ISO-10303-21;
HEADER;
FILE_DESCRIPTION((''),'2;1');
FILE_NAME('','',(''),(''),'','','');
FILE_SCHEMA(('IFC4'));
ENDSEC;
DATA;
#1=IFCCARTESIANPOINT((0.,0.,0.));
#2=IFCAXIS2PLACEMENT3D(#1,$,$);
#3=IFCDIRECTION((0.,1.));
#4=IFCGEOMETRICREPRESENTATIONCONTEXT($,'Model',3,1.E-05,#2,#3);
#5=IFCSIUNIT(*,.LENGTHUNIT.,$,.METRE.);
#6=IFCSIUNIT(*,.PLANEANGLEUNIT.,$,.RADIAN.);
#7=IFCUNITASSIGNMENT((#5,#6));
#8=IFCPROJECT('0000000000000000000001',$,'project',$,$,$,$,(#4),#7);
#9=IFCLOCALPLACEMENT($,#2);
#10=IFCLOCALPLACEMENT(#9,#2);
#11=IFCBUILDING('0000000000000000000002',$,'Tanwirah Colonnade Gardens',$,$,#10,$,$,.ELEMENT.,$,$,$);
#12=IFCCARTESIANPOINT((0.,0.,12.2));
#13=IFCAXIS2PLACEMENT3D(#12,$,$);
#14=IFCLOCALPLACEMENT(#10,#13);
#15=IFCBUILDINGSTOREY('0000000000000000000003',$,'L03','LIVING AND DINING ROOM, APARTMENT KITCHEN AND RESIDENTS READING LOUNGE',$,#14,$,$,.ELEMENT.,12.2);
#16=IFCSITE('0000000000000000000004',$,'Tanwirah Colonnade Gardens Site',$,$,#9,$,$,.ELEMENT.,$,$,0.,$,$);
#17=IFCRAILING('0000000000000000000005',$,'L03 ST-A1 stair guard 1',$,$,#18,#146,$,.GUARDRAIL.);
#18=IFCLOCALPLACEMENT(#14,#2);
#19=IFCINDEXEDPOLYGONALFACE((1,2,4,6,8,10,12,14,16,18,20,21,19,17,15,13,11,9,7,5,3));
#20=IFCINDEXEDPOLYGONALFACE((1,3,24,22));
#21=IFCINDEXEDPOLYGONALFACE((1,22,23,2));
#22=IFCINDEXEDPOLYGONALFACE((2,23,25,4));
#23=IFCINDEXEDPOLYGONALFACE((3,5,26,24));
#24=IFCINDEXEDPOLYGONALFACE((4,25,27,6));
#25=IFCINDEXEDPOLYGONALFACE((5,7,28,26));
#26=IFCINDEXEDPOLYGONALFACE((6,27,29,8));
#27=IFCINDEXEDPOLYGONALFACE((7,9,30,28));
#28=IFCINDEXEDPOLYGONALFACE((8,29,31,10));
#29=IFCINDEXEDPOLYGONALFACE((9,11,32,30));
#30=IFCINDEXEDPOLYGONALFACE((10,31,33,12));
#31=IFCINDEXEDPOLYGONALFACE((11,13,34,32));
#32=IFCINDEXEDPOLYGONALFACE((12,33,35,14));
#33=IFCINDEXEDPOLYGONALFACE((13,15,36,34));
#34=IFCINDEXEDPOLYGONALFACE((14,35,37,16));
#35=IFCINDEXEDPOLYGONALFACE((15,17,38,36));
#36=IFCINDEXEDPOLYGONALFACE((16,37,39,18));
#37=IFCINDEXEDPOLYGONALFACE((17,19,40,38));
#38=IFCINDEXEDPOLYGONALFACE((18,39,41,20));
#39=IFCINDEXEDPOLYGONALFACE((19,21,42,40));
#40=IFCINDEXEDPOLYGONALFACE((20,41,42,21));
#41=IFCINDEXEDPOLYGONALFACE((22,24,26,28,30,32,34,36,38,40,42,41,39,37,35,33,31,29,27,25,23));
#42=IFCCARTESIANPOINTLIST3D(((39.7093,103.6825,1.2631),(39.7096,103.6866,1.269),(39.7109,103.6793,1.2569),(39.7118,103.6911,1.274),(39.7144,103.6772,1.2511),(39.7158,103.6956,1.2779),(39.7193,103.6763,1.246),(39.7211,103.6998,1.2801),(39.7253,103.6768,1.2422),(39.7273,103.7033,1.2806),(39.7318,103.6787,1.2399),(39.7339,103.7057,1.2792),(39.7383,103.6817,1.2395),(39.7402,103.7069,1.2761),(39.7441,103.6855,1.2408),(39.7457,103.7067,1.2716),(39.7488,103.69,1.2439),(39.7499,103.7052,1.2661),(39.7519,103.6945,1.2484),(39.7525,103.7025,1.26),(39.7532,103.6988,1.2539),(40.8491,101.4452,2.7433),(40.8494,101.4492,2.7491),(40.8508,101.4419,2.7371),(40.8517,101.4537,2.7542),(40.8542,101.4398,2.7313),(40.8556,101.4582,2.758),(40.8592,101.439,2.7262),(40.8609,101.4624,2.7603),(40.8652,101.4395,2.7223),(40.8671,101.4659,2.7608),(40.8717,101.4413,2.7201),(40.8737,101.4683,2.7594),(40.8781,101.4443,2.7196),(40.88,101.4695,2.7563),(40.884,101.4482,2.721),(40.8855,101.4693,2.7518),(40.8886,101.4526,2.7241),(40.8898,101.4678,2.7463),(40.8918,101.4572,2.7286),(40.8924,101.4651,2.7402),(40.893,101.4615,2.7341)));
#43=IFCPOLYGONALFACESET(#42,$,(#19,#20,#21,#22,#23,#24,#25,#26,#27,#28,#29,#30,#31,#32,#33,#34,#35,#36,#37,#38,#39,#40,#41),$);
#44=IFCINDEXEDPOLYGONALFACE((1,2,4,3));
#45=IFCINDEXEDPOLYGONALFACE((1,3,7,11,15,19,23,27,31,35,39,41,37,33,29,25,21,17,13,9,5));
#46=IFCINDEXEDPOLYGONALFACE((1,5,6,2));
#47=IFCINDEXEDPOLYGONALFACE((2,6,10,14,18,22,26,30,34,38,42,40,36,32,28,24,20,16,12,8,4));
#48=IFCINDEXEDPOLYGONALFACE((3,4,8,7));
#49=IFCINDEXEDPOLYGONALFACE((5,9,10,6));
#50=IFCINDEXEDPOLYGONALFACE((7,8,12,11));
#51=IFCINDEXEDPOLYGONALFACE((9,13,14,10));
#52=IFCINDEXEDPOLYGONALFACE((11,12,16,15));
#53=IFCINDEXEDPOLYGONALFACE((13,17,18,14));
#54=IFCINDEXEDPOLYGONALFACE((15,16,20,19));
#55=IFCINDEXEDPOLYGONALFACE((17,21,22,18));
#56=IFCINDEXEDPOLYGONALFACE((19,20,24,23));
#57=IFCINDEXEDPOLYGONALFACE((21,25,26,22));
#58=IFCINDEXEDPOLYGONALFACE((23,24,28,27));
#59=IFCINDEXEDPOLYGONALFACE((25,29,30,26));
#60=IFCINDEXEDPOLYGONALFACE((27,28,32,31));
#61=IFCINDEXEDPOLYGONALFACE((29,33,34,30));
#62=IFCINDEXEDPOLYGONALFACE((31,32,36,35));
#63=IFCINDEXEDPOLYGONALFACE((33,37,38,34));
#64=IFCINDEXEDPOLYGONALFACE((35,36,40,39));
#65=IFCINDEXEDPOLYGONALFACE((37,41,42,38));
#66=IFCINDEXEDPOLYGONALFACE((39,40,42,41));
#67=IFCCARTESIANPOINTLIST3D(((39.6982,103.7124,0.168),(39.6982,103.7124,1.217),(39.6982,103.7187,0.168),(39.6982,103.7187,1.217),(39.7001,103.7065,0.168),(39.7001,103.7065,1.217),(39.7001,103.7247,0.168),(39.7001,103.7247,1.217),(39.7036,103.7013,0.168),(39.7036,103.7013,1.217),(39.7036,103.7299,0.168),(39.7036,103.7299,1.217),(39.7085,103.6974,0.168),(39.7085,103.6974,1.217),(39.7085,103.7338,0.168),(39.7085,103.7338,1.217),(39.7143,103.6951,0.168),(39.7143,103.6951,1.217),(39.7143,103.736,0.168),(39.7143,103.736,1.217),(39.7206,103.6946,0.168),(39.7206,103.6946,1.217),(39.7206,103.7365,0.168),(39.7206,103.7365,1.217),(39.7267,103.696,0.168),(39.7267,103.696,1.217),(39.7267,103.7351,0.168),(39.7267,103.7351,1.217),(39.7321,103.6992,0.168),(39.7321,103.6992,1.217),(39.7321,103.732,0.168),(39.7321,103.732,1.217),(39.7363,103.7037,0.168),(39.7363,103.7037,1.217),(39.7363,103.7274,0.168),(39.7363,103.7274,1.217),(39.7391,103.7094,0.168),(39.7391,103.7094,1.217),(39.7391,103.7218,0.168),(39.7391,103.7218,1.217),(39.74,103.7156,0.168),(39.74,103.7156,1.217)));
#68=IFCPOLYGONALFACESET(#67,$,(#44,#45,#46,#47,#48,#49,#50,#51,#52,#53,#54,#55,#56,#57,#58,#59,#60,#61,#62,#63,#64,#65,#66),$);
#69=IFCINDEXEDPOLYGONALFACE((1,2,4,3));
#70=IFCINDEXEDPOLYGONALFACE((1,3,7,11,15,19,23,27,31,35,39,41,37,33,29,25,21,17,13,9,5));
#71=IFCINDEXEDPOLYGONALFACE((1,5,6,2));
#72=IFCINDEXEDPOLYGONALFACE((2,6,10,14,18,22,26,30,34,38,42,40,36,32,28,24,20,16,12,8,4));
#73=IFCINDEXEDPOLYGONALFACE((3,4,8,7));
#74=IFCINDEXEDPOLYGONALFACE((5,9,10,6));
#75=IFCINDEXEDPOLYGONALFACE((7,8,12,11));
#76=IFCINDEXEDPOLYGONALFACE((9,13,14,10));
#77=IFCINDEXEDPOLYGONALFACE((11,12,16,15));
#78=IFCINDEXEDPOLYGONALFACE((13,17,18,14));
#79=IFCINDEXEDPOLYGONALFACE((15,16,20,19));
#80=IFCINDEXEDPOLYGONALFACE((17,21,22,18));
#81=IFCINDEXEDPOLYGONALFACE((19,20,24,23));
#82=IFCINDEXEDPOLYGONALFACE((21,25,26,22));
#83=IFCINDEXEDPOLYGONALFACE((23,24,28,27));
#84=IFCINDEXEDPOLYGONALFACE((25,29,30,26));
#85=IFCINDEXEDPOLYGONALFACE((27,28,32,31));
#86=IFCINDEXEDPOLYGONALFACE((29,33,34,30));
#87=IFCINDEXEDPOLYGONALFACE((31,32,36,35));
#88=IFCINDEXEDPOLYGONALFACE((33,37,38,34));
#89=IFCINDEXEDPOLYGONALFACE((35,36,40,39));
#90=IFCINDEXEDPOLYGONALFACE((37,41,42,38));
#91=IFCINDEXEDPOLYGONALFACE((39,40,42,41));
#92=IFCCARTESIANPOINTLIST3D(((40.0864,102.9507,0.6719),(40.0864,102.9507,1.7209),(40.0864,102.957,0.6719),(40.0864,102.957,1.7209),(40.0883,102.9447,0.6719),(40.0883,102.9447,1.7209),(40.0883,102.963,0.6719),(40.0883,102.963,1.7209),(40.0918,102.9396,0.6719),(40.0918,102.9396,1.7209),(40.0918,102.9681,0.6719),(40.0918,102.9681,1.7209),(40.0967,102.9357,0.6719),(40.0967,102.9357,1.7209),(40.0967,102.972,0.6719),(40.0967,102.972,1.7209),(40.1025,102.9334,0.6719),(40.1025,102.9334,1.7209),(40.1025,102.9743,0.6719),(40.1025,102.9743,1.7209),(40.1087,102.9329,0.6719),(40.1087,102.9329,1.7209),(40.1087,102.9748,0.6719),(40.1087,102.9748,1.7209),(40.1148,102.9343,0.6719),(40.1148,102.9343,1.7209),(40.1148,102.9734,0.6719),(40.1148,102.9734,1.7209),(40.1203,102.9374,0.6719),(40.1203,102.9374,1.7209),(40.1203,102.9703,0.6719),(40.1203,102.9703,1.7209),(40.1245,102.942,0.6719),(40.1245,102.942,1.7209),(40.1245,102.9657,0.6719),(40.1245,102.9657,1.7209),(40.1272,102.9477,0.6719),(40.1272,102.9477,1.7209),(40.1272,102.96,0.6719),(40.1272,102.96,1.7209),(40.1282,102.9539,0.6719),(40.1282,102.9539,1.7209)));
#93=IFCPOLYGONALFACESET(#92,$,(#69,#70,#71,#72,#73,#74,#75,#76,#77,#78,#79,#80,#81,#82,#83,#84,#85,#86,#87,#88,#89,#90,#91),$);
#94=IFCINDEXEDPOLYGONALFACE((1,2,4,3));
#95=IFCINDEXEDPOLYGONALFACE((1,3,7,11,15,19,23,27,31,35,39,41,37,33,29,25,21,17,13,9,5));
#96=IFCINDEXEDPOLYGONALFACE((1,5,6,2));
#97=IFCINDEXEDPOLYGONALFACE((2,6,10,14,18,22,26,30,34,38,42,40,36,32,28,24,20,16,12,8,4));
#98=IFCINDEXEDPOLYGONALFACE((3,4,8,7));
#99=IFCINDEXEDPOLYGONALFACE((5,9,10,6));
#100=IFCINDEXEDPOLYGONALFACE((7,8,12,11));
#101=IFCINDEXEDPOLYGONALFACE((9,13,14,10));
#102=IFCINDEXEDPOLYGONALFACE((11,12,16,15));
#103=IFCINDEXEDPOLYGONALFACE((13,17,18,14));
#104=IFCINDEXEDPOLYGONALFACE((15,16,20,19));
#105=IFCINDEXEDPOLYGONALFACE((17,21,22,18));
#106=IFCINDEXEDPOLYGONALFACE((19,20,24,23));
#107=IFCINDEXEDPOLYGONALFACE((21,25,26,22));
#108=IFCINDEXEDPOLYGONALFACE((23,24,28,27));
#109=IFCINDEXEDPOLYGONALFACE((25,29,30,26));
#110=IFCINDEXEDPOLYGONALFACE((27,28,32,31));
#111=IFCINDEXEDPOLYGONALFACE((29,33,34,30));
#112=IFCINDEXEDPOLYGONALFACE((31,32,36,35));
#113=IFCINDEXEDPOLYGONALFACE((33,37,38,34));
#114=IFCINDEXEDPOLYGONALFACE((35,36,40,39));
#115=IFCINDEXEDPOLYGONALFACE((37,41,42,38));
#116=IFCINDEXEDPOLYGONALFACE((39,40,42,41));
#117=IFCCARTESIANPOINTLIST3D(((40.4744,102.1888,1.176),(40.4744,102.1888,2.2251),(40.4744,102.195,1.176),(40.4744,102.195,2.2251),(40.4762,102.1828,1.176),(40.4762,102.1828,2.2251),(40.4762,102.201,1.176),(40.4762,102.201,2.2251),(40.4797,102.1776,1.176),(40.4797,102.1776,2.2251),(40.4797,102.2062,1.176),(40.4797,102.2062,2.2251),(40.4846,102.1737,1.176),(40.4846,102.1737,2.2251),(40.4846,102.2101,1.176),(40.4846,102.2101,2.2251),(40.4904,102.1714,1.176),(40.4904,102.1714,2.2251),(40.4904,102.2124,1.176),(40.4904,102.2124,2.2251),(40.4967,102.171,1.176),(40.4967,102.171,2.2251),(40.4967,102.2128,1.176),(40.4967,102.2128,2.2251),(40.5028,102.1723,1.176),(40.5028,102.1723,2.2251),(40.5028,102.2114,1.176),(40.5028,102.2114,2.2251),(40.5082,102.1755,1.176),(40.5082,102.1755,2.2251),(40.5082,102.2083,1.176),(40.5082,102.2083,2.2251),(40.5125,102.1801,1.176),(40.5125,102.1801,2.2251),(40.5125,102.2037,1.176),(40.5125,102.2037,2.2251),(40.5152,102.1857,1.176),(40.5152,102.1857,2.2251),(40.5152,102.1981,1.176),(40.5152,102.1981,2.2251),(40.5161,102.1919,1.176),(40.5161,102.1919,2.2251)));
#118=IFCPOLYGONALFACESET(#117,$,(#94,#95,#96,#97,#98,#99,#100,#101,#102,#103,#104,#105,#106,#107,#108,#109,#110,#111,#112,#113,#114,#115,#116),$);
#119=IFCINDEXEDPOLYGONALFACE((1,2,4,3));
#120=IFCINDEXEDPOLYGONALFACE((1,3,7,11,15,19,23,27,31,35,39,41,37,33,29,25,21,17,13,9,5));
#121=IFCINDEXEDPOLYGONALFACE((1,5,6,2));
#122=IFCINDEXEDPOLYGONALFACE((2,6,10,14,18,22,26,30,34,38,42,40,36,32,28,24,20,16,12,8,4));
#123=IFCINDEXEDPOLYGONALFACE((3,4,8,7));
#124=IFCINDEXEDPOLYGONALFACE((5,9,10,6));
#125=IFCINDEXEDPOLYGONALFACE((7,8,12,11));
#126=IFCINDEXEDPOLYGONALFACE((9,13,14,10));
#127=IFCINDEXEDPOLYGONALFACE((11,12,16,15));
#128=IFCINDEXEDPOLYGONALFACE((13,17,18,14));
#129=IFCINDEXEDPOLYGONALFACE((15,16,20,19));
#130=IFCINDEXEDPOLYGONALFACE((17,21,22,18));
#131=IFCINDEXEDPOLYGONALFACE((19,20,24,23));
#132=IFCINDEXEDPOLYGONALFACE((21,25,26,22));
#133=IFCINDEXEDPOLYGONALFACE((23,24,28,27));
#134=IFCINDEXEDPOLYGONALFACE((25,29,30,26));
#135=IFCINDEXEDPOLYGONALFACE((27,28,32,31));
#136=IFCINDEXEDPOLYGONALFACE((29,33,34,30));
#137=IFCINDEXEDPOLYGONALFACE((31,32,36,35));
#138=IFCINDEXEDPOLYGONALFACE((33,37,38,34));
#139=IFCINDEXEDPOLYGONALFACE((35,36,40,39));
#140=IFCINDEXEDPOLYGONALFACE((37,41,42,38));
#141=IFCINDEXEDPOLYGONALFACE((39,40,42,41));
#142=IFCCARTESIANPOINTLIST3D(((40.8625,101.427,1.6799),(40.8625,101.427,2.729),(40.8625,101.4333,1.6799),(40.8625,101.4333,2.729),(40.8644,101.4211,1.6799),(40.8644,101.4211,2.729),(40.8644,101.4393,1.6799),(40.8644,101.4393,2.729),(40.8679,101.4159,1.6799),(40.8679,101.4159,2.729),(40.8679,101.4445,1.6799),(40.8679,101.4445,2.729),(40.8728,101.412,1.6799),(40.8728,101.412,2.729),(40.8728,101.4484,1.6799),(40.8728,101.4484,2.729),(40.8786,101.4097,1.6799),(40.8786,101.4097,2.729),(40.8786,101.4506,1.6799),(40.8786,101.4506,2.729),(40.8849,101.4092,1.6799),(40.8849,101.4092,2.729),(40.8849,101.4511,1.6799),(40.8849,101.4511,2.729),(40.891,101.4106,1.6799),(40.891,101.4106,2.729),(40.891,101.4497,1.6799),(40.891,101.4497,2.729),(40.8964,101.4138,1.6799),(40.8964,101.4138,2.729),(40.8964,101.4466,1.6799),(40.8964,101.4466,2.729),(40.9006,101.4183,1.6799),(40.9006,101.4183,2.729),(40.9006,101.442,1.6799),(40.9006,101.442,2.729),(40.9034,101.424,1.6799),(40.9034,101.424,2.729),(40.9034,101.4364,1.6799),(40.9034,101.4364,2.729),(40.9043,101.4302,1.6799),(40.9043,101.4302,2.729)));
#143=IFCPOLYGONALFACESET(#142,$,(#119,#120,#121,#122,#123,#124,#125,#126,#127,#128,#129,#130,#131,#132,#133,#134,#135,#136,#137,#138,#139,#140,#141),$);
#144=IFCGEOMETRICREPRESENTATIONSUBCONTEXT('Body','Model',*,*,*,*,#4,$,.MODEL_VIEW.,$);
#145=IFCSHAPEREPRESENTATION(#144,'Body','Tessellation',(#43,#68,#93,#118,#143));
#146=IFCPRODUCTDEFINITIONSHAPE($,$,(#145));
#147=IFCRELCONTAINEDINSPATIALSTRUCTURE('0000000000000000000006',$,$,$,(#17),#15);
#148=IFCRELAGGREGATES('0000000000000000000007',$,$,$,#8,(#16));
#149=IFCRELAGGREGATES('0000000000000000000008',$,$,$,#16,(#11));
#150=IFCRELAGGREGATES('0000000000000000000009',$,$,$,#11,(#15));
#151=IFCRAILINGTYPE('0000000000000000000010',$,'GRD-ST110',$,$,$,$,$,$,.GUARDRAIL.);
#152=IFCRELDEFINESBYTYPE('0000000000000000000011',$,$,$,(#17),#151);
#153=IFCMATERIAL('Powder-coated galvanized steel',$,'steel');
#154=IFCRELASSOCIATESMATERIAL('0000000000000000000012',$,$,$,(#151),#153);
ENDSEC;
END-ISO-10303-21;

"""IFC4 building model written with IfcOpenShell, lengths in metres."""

from ifc_helpers import new_model, si_unit, direction, frame, origin, origin_2d, place, context, subcontext, project, spatial, circle, extrude, material, type_object, element, save


model = new_model("IFC4")

# Units and contexts
model_context = context("Model", 3, precision=1e-05, world=origin(), true_north=direction((0.0, 1.0)))
body_context = subcontext(model_context, "Body", "Model", "MODEL_VIEW")
ifc_project = project(units=[si_unit("LENGTHUNIT", "METRE"), si_unit("PLANEANGLEUNIT", "RADIAN")], contexts=[model_context])

# Site, building, storey
site_placement = place(None, origin())
site = spatial("IfcSite", under=ifc_project, at=site_placement, Name="Tanwirah Colonnade Gardens Site", CompositionType="ELEMENT", RefElevation=0.0)
building_placement = place(site_placement, origin())
building = spatial("IfcBuilding", under=site, at=building_placement, Name="Tanwirah Colonnade Gardens", CompositionType="ELEMENT")
storey_placement = place(building_placement, frame((0.0, 0.0, 12.2)))
storey = spatial("IfcBuildingStorey", under=building, at=storey_placement, Name="L03", Description="LIVING AND DINING ROOM, APARTMENT KITCHEN AND RESIDENTS READING LOUNGE", CompositionType="ELEMENT", Elevation=12.2)

# Railing
ifc_material_1 = material(Name="Powder-coated galvanized steel", Category="steel")
railing_type_1 = type_object("IfcRailingType", Name="GRD-ST110", PredefinedType="GUARDRAIL", material=ifc_material_1)
railing_1_placement = place(storey_placement, frame((39.719, 103.7156, 0.168)))
element("IfcRailing", 1, at=railing_1_placement, inside=storey, type_object=railing_type_1, Name="L03 ST-A1 stair guard 1", PredefinedType="GUARDRAIL", context=body_context, shape_type="SweptSolid", body=[
    extrude(circle(Radius=0.0239, at=origin_2d()), frame((0.0122, -0.0239, 1.092), z_axis=(0.391053, -0.767592, 0.507819), x_axis=(0.891032, 0.45394, 0.0)), (0.0, 0.0, 1.0), 2.9148),
    extrude(circle(Radius=0.021, at=origin_2d()), origin(), (0.0, 0.0, 1.0), 1.0491),
    extrude(circle(Radius=0.021, at=origin_2d()), frame((0.3882, -0.7617, 0.5039)), (0.0, 0.0, 1.0), 1.0491),
    extrude(circle(Radius=0.021, at=origin_2d()), frame((0.7761, -1.5237, 1.0081)), (0.0, 0.0, 1.0), 1.0491),
    extrude(circle(Radius=0.021, at=origin_2d()), frame((1.1643, -2.2854, 1.512)), (0.0, 0.0, 1.0), 1.0491),
])

save(model, "model.ifc")
